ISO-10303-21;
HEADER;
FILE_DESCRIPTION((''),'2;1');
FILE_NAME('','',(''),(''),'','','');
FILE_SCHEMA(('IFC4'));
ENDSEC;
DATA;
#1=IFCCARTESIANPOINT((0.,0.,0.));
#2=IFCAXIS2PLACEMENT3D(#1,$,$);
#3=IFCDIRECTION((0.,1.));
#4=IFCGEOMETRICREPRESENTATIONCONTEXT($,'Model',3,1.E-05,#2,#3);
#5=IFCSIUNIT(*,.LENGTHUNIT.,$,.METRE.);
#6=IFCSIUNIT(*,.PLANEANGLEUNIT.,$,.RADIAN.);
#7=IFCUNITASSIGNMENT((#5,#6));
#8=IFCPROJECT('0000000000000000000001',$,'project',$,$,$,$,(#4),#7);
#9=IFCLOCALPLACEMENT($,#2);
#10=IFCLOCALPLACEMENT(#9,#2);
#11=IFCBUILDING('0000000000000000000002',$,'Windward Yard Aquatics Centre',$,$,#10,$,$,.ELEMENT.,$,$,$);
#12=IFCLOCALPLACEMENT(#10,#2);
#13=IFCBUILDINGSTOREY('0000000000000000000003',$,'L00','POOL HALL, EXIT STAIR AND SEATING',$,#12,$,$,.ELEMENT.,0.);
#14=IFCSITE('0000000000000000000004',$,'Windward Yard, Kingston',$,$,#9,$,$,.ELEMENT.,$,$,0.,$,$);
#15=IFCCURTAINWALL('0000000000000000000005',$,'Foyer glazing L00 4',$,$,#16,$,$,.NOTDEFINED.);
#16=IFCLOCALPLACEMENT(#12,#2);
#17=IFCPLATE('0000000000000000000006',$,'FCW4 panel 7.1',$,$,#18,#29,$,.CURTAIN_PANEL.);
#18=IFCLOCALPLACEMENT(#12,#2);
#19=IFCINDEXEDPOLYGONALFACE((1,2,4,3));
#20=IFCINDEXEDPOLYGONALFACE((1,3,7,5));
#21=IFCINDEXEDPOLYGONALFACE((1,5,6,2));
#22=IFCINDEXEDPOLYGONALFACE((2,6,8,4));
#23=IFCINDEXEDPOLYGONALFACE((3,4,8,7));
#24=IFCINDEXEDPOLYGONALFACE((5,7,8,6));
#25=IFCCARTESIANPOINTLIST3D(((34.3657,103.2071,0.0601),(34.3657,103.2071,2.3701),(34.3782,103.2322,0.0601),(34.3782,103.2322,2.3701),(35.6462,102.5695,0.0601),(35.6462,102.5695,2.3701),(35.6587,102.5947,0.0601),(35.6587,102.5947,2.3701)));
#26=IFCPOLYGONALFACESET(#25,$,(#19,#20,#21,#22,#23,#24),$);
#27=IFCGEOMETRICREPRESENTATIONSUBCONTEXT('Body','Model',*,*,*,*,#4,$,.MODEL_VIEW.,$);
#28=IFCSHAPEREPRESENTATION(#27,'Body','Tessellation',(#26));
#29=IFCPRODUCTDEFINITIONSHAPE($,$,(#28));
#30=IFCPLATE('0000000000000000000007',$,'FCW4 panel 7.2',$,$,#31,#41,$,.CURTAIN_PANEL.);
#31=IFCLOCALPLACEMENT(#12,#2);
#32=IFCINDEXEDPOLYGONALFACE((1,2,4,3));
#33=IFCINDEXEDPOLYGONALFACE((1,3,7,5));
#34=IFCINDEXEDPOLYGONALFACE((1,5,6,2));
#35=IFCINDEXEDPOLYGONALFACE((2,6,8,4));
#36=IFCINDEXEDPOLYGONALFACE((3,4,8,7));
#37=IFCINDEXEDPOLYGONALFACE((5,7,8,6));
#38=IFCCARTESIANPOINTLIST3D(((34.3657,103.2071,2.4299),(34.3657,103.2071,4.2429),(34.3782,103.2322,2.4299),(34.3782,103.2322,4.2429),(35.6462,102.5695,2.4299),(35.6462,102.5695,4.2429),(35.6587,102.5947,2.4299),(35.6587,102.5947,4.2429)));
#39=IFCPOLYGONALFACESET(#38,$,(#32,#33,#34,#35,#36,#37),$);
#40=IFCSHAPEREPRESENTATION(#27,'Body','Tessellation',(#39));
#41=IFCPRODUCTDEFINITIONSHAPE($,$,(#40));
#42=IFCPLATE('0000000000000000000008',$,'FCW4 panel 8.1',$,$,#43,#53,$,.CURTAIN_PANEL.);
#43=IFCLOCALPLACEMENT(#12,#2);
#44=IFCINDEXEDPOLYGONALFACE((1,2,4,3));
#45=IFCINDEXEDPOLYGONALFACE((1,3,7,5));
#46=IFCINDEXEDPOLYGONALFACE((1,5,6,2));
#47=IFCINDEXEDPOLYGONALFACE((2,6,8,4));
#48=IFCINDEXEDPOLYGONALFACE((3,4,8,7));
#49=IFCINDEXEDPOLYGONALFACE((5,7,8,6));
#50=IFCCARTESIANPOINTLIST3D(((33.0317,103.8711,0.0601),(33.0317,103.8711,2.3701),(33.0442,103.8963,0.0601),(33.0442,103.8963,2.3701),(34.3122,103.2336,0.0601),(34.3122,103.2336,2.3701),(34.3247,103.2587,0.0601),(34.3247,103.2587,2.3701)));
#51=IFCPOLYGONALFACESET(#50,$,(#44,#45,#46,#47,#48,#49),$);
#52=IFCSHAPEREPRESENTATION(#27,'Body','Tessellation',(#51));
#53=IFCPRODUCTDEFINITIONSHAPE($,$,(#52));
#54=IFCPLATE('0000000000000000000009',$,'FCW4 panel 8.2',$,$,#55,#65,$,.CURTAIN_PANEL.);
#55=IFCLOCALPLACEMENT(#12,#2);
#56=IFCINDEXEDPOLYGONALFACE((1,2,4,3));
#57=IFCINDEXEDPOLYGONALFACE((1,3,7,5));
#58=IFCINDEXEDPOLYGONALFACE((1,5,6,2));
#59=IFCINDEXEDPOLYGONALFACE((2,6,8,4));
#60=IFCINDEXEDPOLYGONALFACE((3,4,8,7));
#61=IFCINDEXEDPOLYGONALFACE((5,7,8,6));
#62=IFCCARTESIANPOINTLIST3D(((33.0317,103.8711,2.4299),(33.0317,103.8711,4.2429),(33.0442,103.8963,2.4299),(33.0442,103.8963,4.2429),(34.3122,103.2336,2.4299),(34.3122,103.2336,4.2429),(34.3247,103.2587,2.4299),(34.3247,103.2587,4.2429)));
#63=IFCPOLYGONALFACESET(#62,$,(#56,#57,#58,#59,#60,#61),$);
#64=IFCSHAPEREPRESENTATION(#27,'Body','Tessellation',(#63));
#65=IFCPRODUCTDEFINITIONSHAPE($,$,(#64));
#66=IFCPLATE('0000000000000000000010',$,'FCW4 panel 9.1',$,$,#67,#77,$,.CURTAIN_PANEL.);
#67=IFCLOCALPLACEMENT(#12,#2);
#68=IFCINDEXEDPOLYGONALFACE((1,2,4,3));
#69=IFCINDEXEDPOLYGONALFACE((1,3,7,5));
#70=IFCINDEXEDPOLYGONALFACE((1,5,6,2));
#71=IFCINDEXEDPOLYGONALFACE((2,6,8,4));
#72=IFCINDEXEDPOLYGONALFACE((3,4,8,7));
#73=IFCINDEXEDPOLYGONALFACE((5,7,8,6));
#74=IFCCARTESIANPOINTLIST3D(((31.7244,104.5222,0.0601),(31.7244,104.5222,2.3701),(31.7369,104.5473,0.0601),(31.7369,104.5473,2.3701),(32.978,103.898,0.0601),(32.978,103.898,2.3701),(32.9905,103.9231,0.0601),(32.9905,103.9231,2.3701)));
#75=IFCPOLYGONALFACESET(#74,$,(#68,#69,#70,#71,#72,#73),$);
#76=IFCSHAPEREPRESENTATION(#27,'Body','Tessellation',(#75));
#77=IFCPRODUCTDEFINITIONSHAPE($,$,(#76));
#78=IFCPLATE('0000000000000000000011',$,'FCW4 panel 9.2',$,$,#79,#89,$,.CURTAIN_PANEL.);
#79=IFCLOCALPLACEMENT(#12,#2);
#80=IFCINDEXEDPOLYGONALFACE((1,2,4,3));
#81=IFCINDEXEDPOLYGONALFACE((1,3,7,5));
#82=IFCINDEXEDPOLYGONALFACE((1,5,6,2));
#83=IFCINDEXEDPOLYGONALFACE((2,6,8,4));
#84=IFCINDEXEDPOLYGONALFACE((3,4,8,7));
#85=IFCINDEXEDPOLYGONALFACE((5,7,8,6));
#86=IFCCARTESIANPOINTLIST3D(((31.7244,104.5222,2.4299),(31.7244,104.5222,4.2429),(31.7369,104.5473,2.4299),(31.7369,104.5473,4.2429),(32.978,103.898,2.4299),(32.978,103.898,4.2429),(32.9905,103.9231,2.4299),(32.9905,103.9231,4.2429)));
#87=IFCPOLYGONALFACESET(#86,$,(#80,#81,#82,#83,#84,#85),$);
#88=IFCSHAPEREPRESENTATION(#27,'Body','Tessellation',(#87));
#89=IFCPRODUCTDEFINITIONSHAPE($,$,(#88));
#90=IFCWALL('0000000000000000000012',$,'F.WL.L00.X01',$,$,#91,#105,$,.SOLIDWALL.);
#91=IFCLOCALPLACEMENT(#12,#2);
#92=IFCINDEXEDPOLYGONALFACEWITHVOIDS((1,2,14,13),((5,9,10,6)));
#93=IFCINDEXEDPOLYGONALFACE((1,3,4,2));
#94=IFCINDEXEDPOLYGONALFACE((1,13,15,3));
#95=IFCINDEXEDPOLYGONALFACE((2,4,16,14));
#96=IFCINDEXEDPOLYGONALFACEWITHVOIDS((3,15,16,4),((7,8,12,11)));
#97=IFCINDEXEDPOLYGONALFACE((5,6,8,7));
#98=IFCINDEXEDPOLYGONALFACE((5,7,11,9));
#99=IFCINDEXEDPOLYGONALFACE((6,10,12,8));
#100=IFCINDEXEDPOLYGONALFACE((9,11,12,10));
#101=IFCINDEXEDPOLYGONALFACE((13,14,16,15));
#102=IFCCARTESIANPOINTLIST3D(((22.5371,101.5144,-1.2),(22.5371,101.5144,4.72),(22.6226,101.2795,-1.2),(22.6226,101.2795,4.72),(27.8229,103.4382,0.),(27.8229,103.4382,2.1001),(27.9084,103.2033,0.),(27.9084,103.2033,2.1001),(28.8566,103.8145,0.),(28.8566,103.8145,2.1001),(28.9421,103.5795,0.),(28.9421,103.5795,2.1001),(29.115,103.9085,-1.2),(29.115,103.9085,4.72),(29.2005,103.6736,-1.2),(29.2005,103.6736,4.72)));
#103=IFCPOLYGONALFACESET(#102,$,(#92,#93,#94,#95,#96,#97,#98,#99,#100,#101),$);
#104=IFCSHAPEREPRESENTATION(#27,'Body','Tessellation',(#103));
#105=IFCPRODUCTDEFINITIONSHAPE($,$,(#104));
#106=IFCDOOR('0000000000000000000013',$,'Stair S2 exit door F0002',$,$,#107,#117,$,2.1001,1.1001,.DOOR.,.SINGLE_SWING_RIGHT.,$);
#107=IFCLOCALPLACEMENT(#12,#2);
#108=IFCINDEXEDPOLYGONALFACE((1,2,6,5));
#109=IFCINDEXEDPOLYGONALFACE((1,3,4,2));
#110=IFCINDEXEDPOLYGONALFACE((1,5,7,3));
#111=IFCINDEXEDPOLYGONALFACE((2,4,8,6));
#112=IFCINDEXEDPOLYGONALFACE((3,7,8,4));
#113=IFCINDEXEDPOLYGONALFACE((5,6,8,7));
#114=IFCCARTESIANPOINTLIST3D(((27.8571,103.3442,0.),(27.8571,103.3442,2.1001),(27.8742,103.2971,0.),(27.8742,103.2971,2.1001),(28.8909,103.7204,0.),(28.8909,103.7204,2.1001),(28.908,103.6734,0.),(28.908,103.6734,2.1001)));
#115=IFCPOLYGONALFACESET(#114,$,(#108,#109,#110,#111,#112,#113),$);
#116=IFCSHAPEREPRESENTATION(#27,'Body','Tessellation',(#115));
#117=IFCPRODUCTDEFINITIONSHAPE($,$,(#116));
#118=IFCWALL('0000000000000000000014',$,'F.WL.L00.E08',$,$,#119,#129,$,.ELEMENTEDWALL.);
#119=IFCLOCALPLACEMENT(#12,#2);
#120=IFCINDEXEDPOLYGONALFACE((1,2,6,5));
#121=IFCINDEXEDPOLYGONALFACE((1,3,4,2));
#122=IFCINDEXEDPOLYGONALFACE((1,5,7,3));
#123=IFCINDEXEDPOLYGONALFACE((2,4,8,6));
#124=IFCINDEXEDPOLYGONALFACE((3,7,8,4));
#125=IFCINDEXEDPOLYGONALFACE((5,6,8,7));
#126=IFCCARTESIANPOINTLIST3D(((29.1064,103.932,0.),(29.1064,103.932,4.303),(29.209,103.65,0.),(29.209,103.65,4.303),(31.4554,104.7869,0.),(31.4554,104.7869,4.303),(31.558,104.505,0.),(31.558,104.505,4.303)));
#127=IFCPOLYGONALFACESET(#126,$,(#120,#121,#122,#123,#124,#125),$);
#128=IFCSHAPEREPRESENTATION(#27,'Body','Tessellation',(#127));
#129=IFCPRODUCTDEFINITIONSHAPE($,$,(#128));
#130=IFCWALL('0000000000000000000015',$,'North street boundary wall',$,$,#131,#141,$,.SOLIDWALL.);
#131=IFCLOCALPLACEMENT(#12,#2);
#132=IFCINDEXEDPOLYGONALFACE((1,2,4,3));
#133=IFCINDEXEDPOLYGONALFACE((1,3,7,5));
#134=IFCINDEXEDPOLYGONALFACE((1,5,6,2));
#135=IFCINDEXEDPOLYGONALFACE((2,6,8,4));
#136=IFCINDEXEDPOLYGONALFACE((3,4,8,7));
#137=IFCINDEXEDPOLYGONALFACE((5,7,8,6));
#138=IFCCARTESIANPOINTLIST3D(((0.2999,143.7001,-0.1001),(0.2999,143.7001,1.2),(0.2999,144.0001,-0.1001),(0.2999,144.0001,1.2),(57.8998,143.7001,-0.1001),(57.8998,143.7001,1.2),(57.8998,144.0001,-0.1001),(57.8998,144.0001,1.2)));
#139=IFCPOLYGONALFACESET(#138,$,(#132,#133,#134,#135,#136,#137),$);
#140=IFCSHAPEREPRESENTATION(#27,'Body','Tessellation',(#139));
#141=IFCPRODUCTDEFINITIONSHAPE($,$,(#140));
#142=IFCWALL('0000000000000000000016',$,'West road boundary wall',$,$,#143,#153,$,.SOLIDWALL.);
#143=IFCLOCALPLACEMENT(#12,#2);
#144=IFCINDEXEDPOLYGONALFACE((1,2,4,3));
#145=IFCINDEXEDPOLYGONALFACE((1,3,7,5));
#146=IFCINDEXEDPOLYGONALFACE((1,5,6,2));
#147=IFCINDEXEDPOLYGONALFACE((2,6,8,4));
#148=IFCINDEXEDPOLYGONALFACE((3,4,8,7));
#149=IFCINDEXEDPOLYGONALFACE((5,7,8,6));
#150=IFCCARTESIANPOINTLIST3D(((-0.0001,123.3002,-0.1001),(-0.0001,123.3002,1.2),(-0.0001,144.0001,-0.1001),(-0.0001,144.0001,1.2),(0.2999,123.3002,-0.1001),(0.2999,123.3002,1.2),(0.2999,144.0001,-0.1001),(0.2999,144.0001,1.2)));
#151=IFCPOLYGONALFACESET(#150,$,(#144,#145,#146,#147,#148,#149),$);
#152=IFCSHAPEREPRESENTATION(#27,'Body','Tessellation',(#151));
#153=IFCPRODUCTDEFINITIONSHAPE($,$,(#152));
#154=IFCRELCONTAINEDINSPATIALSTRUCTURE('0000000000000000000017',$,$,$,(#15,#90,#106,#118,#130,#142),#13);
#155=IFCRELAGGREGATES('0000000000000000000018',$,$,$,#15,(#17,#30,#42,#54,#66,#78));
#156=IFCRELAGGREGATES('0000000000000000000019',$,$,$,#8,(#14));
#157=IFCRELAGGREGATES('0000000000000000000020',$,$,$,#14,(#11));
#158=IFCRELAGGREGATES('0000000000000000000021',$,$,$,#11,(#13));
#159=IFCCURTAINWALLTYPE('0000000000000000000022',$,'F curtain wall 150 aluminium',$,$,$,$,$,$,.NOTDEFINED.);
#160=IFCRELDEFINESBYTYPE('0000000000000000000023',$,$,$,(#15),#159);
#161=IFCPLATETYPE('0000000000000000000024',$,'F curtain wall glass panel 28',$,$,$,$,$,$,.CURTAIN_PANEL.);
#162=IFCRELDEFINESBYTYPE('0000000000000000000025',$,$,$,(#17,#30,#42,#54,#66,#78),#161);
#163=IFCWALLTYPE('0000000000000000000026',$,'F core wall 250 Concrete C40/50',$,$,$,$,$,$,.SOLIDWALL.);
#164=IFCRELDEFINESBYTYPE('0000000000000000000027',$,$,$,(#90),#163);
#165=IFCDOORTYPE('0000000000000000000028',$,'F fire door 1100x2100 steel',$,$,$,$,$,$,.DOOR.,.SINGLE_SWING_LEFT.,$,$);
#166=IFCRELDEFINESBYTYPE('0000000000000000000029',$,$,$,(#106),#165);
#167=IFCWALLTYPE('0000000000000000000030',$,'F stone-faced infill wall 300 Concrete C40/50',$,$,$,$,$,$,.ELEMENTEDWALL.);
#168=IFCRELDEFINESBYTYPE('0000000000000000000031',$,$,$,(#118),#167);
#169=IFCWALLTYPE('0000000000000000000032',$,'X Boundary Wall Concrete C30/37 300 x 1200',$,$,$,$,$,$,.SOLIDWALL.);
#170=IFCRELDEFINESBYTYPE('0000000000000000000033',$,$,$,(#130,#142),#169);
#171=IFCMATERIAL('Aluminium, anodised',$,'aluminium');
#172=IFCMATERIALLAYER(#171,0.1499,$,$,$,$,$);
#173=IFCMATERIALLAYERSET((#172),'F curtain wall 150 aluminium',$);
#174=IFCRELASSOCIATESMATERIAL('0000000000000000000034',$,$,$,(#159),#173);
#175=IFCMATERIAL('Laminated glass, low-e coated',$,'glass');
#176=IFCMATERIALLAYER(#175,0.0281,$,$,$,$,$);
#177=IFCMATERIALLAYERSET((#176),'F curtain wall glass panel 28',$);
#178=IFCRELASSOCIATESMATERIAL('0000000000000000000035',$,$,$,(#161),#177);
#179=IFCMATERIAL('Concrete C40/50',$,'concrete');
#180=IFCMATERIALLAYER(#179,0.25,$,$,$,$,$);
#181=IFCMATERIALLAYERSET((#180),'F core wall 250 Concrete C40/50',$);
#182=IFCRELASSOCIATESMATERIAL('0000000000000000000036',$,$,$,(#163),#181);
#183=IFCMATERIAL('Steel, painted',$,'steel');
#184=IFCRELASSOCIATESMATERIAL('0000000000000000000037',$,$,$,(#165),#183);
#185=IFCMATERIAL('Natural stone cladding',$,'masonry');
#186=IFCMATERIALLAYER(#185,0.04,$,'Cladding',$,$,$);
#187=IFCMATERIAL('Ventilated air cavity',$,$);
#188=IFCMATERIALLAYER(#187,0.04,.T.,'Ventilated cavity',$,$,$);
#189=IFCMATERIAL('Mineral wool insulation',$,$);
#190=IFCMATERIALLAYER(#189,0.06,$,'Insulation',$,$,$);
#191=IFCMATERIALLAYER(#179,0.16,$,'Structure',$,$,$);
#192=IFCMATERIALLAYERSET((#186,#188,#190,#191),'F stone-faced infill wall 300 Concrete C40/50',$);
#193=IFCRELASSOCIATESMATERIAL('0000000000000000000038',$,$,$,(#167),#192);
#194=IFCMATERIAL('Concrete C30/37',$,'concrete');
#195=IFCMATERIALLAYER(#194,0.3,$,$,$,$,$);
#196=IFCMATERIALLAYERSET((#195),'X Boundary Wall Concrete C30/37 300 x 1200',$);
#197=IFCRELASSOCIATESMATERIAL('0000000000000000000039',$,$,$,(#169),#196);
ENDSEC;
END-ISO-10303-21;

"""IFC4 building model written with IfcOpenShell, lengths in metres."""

from ifc_helpers import new_model, si_unit, direction, frame, frame_2d, origin, origin_2d, place, context, subcontext, project, spatial, rectangle, extrude, material, layer, layer_set, type_object, element, fill, aggregate, save


model = new_model("IFC4")

# Units and contexts
model_context = context("Model", 3, precision=1e-05, world=origin(), true_north=direction((0.0, 1.0)))
body_context = subcontext(model_context, "Body", "Model", "MODEL_VIEW")
ifc_project = project(units=[si_unit("LENGTHUNIT", "METRE"), si_unit("PLANEANGLEUNIT", "RADIAN")], contexts=[model_context])

# Site, building, storey
site_placement = place(None, origin())
site = spatial("IfcSite", under=ifc_project, at=site_placement, Name="Windward Yard, Kingston", CompositionType="ELEMENT", RefElevation=0.0)
building_placement = place(site_placement, origin())
building = spatial("IfcBuilding", under=site, at=building_placement, Name="Windward Yard Aquatics Centre", CompositionType="ELEMENT")
storey_placement = place(building_placement, origin())
storey = spatial("IfcBuildingStorey", under=building, at=storey_placement, Name="L00", Description="POOL HALL, EXIT STAIR AND SEATING", CompositionType="ELEMENT", Elevation=0.0)

# Shared definitions
ifc_material_1 = material(Name="Concrete C40/50", Category="concrete")

# Curtain wall, plates
ifc_material_2 = material(Name="Aluminium, anodised", Category="aluminium")
ifc_layer_1 = layer(ifc_material_2, 0.1499)
ifc_layer_set_1 = layer_set([ifc_layer_1], Name="F curtain wall 150 aluminium")
curtain_wall_type = type_object("IfcCurtainWallType", Name="F curtain wall 150 aluminium", PredefinedType="NOTDEFINED", material=ifc_layer_set_1)
curtain_wall_placement = place(storey_placement, origin())
curtain_wall = element("IfcCurtainWall", 1, at=curtain_wall_placement, inside=storey, type_object=curtain_wall_type, Name="Foyer glazing L00 4", PredefinedType="NOTDEFINED")
ifc_material_3 = material(Name="Laminated glass, low-e coated", Category="glass")
ifc_layer_2 = layer(ifc_material_3, 0.0281)
ifc_layer_set_2 = layer_set([ifc_layer_2], Name="F curtain wall glass panel 28")
plate_type = type_object("IfcPlateType", Name="F curtain wall glass panel 28", PredefinedType="CURTAIN_PANEL", material=ifc_layer_set_2)
plate_1_placement = place(storey_placement, frame((35.0122, 102.9009, 0.0601), z_axis=(0.0, 0.0, 1.0), x_axis=(-0.895179, 0.445707, 0.0)))
plate_1 = element("IfcPlate", 2, at=plate_1_placement, type_object=plate_type, Name="FCW4 panel 7.1", PredefinedType="CURTAIN_PANEL", context=body_context, shape_type="SweptSolid", body=[
    extrude(rectangle(XDim=1.4304, YDim=0.0281, at=origin_2d()), origin(), (0.0, 0.0, 1.0), 2.3101),
])
plate_2_placement = place(storey_placement, frame((35.0122, 102.9009, 2.4299), z_axis=(0.0, 0.0, 1.0), x_axis=(-0.895179, 0.445707, 0.0)))
plate_2 = element("IfcPlate", 3, at=plate_2_placement, type_object=plate_type, Name="FCW4 panel 7.2", PredefinedType="CURTAIN_PANEL", context=body_context, shape_type="SweptSolid", body=[
    extrude(rectangle(XDim=1.4304, YDim=0.0281, at=origin_2d()), origin(), (0.0, 0.0, 1.0), 1.813),
])
plate_3_placement = place(storey_placement, frame((33.6782, 103.5649, 0.0601), z_axis=(0.0, 0.0, 1.0), x_axis=(-0.895179, 0.445707, 0.0)))
plate_3 = element("IfcPlate", 4, at=plate_3_placement, type_object=plate_type, Name="FCW4 panel 8.1", PredefinedType="CURTAIN_PANEL", context=body_context, shape_type="SweptSolid", body=[
    extrude(rectangle(XDim=1.4304, YDim=0.0281, at=origin_2d()), origin(), (0.0, 0.0, 1.0), 2.3101),
])
plate_4_placement = place(storey_placement, frame((33.6782, 103.5649, 2.4299), z_axis=(0.0, 0.0, 1.0), x_axis=(-0.895179, 0.445707, 0.0)))
plate_4 = element("IfcPlate", 5, at=plate_4_placement, type_object=plate_type, Name="FCW4 panel 8.2", PredefinedType="CURTAIN_PANEL", context=body_context, shape_type="SweptSolid", body=[
    extrude(rectangle(XDim=1.4304, YDim=0.0281, at=origin_2d()), origin(), (0.0, 0.0, 1.0), 1.813),
])
plate_5_placement = place(storey_placement, frame((32.3574, 104.2227, 0.0601), z_axis=(0.0, 0.0, 1.0), x_axis=(-0.895179, 0.445707, 0.0)))
plate_5 = element("IfcPlate", 6, at=plate_5_placement, type_object=plate_type, Name="FCW4 panel 9.1", PredefinedType="CURTAIN_PANEL", context=body_context, shape_type="SweptSolid", body=[
    extrude(rectangle(XDim=1.4004, YDim=0.0281, at=origin_2d()), origin(), (0.0, 0.0, 1.0), 2.3101),
])
plate_6_placement = place(storey_placement, frame((32.3574, 104.2227, 2.4299), z_axis=(0.0, 0.0, 1.0), x_axis=(-0.895179, 0.445707, 0.0)))
plate_6 = element("IfcPlate", 7, at=plate_6_placement, type_object=plate_type, Name="FCW4 panel 9.2", PredefinedType="CURTAIN_PANEL", context=body_context, shape_type="SweptSolid", body=[
    extrude(rectangle(XDim=1.4004, YDim=0.0281, at=origin_2d()), origin(), (0.0, 0.0, 1.0), 1.813),
])
aggregate(curtain_wall, [plate_1, plate_2, plate_3, plate_4, plate_5, plate_6])

# Wall, opening, door
ifc_layer_3 = layer(ifc_material_1, 0.25)
ifc_layer_set_3 = layer_set([ifc_layer_3], Name="F core wall 250 Concrete C40/50")
wall_type_1 = type_object("IfcWallType", Name="F core wall 250 Concrete C40/50", PredefinedType="SOLIDWALL", material=ifc_layer_set_3)
wall_1_placement = place(storey_placement, frame((29.1577, 103.791, -1.2), z_axis=(0.0, 0.0, 1.0), x_axis=(-0.939698, -0.342006, 0.0)))
wall_1 = element("IfcWall", 8, at=wall_1_placement, inside=storey, type_object=wall_type_1, Name="F.WL.L00.X01", PredefinedType="SOLIDWALL", context=body_context, shape_type="SweptSolid", body=[
    extrude(rectangle(XDim=7.0, YDim=0.25, at=frame_2d((3.5, 0.0))), origin(), (0.0, 0.0, 1.0), 5.9199),
])
opening_1_placement = place(wall_1_placement, frame((1.375, 0.0, 1.2), z_axis=(0.0, 0.0, 1.0), x_axis=(-1.0, 0.0, 0.0)))
opening_1 = element("IfcOpeningElement", 9, at=opening_1_placement, cuts=wall_1, PredefinedType="OPENING", context=body_context, shape_type="SweptSolid", body=[
    extrude(rectangle(XDim=1.1001, YDim=2.1001, at=frame_2d((0.55, 1.05))), frame((0.0, 0.135, 0.0), z_axis=(0.0, -1.0, 0.0), x_axis=(1.0, 0.0, 0.0)), (0.0, 0.0, 1.0), 0.27),
])
ifc_material_4 = material(Name="Steel, painted", Category="steel")
door_type_1 = type_object("IfcDoorType", Name="F fire door 1100x2100 steel", OperationType="SINGLE_SWING_LEFT", PredefinedType="DOOR", material=ifc_material_4)
door_1_placement = place(opening_1_placement, origin())
door_1 = element("IfcDoor", 10, at=door_1_placement, inside=storey, type_object=door_type_1, Name="Stair S2 exit door F0002", OperationType="SINGLE_SWING_RIGHT", OverallHeight=2.1001, OverallWidth=1.1001, PredefinedType="DOOR", context=body_context, shape_type="SweptSolid", body=[
    extrude(rectangle(XDim=1.1001, YDim=2.1001, at=frame_2d((0.55, 1.05))), frame((0.0, 0.0249, 0.0), z_axis=(0.0, -1.0, 0.0), x_axis=(1.0, 0.0, 0.0)), (0.0, 0.0, 1.0), 0.05),
])
fill(opening_1, door_1)

# Walls
ifc_material_5 = material(Name="Natural stone cladding", Category="masonry")
ifc_layer_4 = layer(ifc_material_5, 0.04, Name="Cladding")
ifc_material_6 = material(Name="Ventilated air cavity")
ifc_layer_5 = layer(ifc_material_6, 0.04, ventilated=True, Name="Ventilated cavity")
ifc_material_7 = material(Name="Mineral wool insulation")
ifc_layer_6 = layer(ifc_material_7, 0.06, Name="Insulation")
ifc_layer_7 = layer(ifc_material_1, 0.16, Name="Structure")
ifc_layer_set_4 = layer_set([ifc_layer_4, ifc_layer_5, ifc_layer_6, ifc_layer_7], Name="F stone-faced infill wall 300 Concrete C40/50")
wall_type_2 = type_object("IfcWallType", Name="F stone-faced infill wall 300 Concrete C40/50", PredefinedType="ELEMENTEDWALL", material=ifc_layer_set_4)
wall_2_placement = place(storey_placement, frame((31.5068, 104.646, 0.0), z_axis=(0.0, 0.0, 1.0), x_axis=(-0.939696, -0.34201, 0.0)))
element("IfcWall", 11, at=wall_2_placement, inside=storey, type_object=wall_type_2, Name="F.WL.L00.E08", PredefinedType="ELEMENTEDWALL", context=body_context, shape_type="SweptSolid", body=[
    extrude(rectangle(XDim=2.4998, YDim=0.3, at=frame_2d((1.25, 0.0))), origin(), (0.0, 0.0, 1.0), 4.303),
])
ifc_material_8 = material(Name="Concrete C30/37", Category="concrete")
ifc_layer_8 = layer(ifc_material_8, 0.3)
ifc_layer_set_5 = layer_set([ifc_layer_8], Name="X Boundary Wall Concrete C30/37 300 x 1200")
wall_type_3 = type_object("IfcWallType", Name="X Boundary Wall Concrete C30/37 300 x 1200", PredefinedType="SOLIDWALL", material=ifc_layer_set_5)
wall_3_placement = place(storey_placement, frame((0.3, 143.8501, -0.1001), z_axis=(0.0, 0.0, 1.0), x_axis=(1.0, 0.0, 0.0)))
element("IfcWall", 12, at=wall_3_placement, inside=storey, type_object=wall_type_3, Name="North street boundary wall", PredefinedType="SOLIDWALL", context=body_context, shape_type="SweptSolid", body=[
    extrude(rectangle(XDim=57.5999, YDim=0.3, at=frame_2d((28.7998, 0.0))), origin(), (0.0, 0.0, 1.0), 1.3),
])
wall_4_placement = place(storey_placement, frame((0.1499, 123.3, -0.1001), z_axis=(0.0, 0.0, 1.0), x_axis=(0.0, 1.0, 0.0)))
element("IfcWall", 13, at=wall_4_placement, inside=storey, type_object=wall_type_3, Name="West road boundary wall", PredefinedType="SOLIDWALL", context=body_context, shape_type="SweptSolid", body=[
    extrude(rectangle(XDim=20.7, YDim=0.3, at=frame_2d((10.3501, 0.0))), origin(), (0.0, 0.0, 1.0), 1.3),
])

save(model, "model.ifc")
